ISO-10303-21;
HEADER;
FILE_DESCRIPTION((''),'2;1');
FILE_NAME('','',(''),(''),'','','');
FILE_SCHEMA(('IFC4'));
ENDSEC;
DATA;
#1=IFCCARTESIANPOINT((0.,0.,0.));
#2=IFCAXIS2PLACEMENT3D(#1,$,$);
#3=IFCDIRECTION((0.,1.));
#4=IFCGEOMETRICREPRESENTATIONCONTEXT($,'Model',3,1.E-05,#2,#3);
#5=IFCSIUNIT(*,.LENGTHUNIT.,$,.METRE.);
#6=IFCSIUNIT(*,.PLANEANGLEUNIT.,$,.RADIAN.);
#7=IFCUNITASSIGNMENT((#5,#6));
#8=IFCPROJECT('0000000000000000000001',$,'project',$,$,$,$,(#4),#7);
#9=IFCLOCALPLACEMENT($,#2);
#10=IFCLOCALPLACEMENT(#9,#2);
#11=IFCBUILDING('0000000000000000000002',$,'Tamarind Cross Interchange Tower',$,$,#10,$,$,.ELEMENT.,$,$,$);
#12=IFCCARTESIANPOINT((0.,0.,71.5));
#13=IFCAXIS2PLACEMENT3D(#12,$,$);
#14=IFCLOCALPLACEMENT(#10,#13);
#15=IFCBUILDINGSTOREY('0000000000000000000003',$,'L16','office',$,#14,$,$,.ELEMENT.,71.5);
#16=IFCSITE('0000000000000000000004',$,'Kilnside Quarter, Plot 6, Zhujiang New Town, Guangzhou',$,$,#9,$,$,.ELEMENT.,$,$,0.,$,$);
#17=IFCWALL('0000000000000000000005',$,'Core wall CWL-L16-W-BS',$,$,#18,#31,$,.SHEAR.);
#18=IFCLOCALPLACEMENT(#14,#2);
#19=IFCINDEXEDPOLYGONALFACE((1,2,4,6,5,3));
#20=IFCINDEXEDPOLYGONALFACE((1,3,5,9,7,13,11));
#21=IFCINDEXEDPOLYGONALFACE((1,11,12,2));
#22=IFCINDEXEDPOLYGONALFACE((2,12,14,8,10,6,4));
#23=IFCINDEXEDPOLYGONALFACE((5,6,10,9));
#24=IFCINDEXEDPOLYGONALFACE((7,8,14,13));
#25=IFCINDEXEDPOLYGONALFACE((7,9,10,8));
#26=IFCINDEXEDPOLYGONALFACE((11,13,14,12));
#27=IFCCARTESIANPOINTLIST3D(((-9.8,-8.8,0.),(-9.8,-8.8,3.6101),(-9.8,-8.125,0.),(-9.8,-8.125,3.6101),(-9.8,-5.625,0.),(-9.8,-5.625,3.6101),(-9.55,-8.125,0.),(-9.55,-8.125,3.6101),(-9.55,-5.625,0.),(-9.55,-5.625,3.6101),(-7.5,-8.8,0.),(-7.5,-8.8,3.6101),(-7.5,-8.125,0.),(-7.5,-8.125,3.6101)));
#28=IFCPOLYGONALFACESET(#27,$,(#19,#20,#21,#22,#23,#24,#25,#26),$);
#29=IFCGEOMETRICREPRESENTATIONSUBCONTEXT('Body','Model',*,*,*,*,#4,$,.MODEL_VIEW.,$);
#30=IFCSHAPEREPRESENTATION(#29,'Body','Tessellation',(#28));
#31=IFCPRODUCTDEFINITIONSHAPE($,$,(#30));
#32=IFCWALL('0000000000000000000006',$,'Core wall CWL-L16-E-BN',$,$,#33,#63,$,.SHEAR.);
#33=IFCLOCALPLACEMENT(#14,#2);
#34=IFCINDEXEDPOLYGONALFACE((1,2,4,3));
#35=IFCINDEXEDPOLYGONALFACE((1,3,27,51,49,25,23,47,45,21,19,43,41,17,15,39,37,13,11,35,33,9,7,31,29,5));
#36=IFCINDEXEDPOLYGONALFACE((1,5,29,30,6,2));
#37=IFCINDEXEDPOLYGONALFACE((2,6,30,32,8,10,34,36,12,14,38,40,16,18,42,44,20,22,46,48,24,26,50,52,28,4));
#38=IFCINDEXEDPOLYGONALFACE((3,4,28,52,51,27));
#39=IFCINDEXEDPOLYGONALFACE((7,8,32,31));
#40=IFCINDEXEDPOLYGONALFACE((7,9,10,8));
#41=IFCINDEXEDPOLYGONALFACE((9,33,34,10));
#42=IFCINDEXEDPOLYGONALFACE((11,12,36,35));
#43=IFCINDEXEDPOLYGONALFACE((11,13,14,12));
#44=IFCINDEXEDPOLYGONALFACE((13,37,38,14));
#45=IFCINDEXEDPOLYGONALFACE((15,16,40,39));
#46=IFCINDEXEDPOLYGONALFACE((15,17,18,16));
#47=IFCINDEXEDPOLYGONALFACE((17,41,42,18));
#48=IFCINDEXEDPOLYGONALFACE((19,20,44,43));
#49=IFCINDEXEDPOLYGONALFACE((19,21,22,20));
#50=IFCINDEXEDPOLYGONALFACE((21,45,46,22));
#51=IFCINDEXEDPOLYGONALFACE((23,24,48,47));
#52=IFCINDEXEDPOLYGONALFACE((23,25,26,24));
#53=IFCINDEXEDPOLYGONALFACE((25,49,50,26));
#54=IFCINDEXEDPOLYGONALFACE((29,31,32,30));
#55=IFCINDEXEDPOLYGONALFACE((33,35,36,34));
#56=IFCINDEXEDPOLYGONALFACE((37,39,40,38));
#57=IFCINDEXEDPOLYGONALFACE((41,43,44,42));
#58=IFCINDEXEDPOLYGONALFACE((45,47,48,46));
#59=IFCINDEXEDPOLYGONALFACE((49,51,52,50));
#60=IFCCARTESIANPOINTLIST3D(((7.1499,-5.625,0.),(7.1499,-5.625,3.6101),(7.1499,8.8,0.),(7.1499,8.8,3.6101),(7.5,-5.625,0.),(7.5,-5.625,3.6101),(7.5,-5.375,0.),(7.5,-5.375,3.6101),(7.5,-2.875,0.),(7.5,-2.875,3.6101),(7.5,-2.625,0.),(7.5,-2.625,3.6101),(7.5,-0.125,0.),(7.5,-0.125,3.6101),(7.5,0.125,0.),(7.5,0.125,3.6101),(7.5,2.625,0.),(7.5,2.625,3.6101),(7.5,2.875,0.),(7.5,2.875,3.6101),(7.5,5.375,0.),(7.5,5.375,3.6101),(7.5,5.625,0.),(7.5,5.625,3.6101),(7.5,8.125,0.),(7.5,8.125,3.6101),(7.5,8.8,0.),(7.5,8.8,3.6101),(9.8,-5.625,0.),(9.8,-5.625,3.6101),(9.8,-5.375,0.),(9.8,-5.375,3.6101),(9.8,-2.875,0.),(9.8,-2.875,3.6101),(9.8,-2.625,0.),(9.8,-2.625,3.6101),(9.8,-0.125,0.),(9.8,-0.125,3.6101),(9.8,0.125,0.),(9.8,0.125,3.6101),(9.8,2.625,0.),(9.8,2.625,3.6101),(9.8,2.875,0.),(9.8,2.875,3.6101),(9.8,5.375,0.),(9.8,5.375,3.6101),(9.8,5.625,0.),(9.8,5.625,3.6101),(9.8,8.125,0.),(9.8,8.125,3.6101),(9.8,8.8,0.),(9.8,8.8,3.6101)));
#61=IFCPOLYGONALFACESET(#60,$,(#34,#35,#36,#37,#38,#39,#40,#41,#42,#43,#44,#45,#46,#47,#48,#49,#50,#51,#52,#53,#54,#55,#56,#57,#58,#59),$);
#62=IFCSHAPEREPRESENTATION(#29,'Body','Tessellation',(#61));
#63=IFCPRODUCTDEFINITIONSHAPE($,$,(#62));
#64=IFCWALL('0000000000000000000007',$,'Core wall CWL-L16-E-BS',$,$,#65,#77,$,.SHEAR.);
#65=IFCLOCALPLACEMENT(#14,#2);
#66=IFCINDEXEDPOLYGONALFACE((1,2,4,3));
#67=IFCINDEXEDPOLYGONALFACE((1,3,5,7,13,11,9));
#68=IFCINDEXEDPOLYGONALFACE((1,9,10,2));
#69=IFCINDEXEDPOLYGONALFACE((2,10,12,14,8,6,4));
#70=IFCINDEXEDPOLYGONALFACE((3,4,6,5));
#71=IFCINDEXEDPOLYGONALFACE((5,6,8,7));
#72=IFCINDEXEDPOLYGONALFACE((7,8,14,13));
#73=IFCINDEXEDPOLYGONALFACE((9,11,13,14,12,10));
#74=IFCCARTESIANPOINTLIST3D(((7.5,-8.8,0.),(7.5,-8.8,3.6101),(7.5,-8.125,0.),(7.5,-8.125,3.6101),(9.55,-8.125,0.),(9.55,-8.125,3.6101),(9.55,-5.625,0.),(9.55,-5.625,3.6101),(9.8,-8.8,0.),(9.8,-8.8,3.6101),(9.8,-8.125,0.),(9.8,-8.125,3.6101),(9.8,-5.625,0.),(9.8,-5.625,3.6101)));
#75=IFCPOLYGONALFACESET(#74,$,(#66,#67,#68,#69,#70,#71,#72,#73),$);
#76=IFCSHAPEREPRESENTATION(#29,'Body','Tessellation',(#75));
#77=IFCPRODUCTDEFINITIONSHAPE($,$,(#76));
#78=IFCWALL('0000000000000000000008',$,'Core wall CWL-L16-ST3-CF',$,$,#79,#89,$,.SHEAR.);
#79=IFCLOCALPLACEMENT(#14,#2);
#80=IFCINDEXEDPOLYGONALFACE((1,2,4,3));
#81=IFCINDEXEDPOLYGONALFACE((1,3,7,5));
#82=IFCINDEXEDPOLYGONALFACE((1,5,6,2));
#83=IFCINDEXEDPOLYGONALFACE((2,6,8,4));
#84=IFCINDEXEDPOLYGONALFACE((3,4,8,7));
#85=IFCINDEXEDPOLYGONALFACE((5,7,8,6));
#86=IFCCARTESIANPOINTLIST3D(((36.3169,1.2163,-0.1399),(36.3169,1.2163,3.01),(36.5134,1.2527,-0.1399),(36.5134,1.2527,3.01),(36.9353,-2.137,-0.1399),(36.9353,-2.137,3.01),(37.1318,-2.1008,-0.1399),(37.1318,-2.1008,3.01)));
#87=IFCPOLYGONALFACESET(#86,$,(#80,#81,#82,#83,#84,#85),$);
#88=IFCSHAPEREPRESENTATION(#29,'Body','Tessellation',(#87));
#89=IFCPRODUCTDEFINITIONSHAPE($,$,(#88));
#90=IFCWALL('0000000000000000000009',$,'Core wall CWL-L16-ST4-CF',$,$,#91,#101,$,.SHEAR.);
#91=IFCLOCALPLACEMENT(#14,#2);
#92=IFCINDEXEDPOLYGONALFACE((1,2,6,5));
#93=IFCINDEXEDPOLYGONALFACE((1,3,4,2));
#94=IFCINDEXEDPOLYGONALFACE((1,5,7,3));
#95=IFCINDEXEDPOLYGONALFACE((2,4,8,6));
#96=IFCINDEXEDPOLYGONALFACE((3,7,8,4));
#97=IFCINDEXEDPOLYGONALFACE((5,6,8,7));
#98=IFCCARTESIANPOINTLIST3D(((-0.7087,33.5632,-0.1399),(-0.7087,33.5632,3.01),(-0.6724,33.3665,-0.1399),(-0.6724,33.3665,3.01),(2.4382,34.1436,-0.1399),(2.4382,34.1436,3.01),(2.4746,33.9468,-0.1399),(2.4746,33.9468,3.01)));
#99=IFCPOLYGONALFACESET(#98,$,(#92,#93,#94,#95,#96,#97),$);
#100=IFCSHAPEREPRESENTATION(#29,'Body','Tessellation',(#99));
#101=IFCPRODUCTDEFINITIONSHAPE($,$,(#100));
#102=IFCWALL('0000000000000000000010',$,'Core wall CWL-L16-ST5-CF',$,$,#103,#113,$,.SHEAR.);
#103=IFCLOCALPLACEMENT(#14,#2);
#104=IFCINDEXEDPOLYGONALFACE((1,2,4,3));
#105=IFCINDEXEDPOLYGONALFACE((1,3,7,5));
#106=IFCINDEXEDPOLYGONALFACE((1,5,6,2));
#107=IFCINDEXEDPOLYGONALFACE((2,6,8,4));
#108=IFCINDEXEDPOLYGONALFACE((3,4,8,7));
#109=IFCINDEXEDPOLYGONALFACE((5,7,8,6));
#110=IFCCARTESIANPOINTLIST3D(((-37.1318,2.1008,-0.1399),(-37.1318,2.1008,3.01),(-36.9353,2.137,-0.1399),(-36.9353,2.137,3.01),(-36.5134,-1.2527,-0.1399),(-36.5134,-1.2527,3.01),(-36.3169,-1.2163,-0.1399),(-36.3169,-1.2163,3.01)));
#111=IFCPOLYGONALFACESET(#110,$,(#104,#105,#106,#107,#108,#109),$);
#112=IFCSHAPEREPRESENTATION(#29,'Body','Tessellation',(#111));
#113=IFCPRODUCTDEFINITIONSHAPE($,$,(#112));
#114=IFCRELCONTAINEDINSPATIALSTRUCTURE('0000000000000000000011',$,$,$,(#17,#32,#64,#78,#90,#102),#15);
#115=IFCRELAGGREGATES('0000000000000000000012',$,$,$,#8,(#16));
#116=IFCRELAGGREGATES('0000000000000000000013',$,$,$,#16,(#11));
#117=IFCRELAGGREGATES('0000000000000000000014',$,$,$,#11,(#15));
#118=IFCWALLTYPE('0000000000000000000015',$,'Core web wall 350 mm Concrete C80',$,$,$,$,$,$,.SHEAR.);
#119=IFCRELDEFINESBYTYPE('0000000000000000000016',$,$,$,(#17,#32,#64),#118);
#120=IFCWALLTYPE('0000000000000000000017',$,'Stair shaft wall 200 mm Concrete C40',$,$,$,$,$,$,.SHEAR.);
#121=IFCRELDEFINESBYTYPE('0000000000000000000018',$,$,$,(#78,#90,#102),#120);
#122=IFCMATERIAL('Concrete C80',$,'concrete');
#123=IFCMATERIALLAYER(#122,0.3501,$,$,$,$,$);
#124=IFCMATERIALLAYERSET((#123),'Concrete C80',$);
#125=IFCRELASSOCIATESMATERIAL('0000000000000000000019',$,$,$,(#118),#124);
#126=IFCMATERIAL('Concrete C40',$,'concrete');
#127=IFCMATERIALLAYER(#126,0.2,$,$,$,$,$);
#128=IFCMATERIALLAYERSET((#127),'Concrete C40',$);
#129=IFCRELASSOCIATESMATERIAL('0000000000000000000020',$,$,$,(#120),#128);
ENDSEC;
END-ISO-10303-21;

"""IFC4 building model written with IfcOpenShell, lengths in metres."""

from ifc_helpers import new_model, si_unit, direction, frame, origin, place, context, subcontext, project, spatial, polyline, outline, extrude, material, layer, layer_set, type_object, element, save


model = new_model("IFC4")

# Units and contexts
model_context = context("Model", 3, precision=1e-05, world=origin(), true_north=direction((0.0, 1.0)))
body_context = subcontext(model_context, "Body", "Model", "MODEL_VIEW")
ifc_project = project(units=[si_unit("LENGTHUNIT", "METRE"), si_unit("PLANEANGLEUNIT", "RADIAN")], contexts=[model_context])

# Site, building, storey
site_placement = place(None, origin())
site = spatial("IfcSite", under=ifc_project, at=site_placement, Name="Kilnside Quarter, Plot 6, Zhujiang New Town, Guangzhou", CompositionType="ELEMENT", RefElevation=0.0)
building_placement = place(site_placement, origin())
building = spatial("IfcBuilding", under=site, at=building_placement, Name="Tamarind Cross Interchange Tower", CompositionType="ELEMENT")
storey_placement = place(building_placement, frame((0.0, 0.0, 71.5)))
storey = spatial("IfcBuildingStorey", under=building, at=storey_placement, Name="L16", Description="office", CompositionType="ELEMENT", Elevation=71.5)

# Shared definitions
ifc_material_1 = material(Name="Concrete C40", Category="concrete")

# Walls
ifc_material_2 = material(Name="Concrete C80", Category="concrete")
ifc_layer_1 = layer(ifc_material_2, 0.3501)
ifc_layer_set_1 = layer_set([ifc_layer_1], Name="Concrete C80")
wall_type_1 = type_object("IfcWallType", Name="Core web wall 350 mm Concrete C80", PredefinedType="SHEAR", material=ifc_layer_set_1)
wall_1_placement = place(storey_placement, origin())
element("IfcWall", 1, at=wall_1_placement, inside=storey, type_object=wall_type_1, Name="Core wall CWL-L16-W-BS", PredefinedType="SHEAR", context=body_context, shape_type="SweptSolid", body=[
    extrude(outline(polyline([(-7.5, -8.125), (-9.55, -8.125), (-9.55, -5.625), (-9.8, -5.625), (-9.8, -8.125), (-9.8, -8.8), (-7.5, -8.8), (-7.5, -8.125)])), origin(), (0.0, 0.0, 1.0), 3.6101),
])
wall_2_placement = place(storey_placement, origin())
element("IfcWall", 2, at=wall_2_placement, inside=storey, type_object=wall_type_1, Name="Core wall CWL-L16-E-BN", PredefinedType="SHEAR", context=body_context, shape_type="SweptSolid", body=[
    extrude(outline(polyline([(9.8, -5.375), (7.5, -5.375), (7.5, -2.875), (9.8, -2.875), (9.8, -2.625), (7.5, -2.625), (7.5, -0.125), (9.8, -0.125), (9.8, 0.125), (7.5, 0.125), (7.5, 2.625), (9.8, 2.625), (9.8, 2.875), (7.5, 2.875), (7.5, 5.375), (9.8, 5.375), (9.8, 5.625), (7.5, 5.625), (7.5, 8.125), (9.8, 8.125), (9.8, 8.8), (7.5, 8.8), (7.1499, 8.8), (7.1499, -5.625), (7.5, -5.625), (9.8, -5.625), (9.8, -5.375)])), origin(), (0.0, 0.0, 1.0), 3.6101),
])
wall_3_placement = place(storey_placement, origin())
element("IfcWall", 3, at=wall_3_placement, inside=storey, type_object=wall_type_1, Name="Core wall CWL-L16-E-BS", PredefinedType="SHEAR", context=body_context, shape_type="SweptSolid", body=[
    extrude(outline(polyline([(7.5, -8.125), (7.5, -8.8), (9.8, -8.8), (9.8, -8.125), (9.8, -5.625), (9.55, -5.625), (9.55, -8.125), (7.5, -8.125)])), origin(), (0.0, 0.0, 1.0), 3.6101),
])
ifc_layer_2 = layer(ifc_material_1, 0.2)
ifc_layer_set_2 = layer_set([ifc_layer_2], Name="Concrete C40")
wall_type_2 = type_object("IfcWallType", Name="Stair shaft wall 200 mm Concrete C40", PredefinedType="SHEAR", material=ifc_layer_set_2)
wall_4_placement = place(storey_placement, frame((0.0, 0.0, -0.1399)))
element("IfcWall", 4, at=wall_4_placement, inside=storey, type_object=wall_type_2, Name="Core wall CWL-L16-ST3-CF", PredefinedType="SHEAR", context=body_context, shape_type="SweptSolid", body=[
    extrude(outline(polyline([(36.9353, -2.137), (37.1318, -2.1008), (36.5134, 1.2527), (36.3169, 1.2163), (36.9353, -2.137)])), origin(), (0.0, 0.0, 1.0), 3.1499),
])
wall_5_placement = place(storey_placement, frame((0.0, 0.0, -0.1399)))
element("IfcWall", 5, at=wall_5_placement, inside=storey, type_object=wall_type_2, Name="Core wall CWL-L16-ST4-CF", PredefinedType="SHEAR", context=body_context, shape_type="SweptSolid", body=[
    extrude(outline(polyline([(2.4746, 33.9468), (2.4382, 34.1436), (-0.7087, 33.5632), (-0.6724, 33.3665), (2.4746, 33.9468)])), origin(), (0.0, 0.0, 1.0), 3.1499),
])
wall_6_placement = place(storey_placement, frame((0.0, 0.0, -0.1399)))
element("IfcWall", 6, at=wall_6_placement, inside=storey, type_object=wall_type_2, Name="Core wall CWL-L16-ST5-CF", PredefinedType="SHEAR", context=body_context, shape_type="SweptSolid", body=[
    extrude(outline(polyline([(-36.9353, 2.137), (-37.1318, 2.1008), (-36.5134, -1.2527), (-36.3169, -1.2163), (-36.9353, 2.137)])), origin(), (0.0, 0.0, 1.0), 3.1499),
])

save(model, "model.ifc")
